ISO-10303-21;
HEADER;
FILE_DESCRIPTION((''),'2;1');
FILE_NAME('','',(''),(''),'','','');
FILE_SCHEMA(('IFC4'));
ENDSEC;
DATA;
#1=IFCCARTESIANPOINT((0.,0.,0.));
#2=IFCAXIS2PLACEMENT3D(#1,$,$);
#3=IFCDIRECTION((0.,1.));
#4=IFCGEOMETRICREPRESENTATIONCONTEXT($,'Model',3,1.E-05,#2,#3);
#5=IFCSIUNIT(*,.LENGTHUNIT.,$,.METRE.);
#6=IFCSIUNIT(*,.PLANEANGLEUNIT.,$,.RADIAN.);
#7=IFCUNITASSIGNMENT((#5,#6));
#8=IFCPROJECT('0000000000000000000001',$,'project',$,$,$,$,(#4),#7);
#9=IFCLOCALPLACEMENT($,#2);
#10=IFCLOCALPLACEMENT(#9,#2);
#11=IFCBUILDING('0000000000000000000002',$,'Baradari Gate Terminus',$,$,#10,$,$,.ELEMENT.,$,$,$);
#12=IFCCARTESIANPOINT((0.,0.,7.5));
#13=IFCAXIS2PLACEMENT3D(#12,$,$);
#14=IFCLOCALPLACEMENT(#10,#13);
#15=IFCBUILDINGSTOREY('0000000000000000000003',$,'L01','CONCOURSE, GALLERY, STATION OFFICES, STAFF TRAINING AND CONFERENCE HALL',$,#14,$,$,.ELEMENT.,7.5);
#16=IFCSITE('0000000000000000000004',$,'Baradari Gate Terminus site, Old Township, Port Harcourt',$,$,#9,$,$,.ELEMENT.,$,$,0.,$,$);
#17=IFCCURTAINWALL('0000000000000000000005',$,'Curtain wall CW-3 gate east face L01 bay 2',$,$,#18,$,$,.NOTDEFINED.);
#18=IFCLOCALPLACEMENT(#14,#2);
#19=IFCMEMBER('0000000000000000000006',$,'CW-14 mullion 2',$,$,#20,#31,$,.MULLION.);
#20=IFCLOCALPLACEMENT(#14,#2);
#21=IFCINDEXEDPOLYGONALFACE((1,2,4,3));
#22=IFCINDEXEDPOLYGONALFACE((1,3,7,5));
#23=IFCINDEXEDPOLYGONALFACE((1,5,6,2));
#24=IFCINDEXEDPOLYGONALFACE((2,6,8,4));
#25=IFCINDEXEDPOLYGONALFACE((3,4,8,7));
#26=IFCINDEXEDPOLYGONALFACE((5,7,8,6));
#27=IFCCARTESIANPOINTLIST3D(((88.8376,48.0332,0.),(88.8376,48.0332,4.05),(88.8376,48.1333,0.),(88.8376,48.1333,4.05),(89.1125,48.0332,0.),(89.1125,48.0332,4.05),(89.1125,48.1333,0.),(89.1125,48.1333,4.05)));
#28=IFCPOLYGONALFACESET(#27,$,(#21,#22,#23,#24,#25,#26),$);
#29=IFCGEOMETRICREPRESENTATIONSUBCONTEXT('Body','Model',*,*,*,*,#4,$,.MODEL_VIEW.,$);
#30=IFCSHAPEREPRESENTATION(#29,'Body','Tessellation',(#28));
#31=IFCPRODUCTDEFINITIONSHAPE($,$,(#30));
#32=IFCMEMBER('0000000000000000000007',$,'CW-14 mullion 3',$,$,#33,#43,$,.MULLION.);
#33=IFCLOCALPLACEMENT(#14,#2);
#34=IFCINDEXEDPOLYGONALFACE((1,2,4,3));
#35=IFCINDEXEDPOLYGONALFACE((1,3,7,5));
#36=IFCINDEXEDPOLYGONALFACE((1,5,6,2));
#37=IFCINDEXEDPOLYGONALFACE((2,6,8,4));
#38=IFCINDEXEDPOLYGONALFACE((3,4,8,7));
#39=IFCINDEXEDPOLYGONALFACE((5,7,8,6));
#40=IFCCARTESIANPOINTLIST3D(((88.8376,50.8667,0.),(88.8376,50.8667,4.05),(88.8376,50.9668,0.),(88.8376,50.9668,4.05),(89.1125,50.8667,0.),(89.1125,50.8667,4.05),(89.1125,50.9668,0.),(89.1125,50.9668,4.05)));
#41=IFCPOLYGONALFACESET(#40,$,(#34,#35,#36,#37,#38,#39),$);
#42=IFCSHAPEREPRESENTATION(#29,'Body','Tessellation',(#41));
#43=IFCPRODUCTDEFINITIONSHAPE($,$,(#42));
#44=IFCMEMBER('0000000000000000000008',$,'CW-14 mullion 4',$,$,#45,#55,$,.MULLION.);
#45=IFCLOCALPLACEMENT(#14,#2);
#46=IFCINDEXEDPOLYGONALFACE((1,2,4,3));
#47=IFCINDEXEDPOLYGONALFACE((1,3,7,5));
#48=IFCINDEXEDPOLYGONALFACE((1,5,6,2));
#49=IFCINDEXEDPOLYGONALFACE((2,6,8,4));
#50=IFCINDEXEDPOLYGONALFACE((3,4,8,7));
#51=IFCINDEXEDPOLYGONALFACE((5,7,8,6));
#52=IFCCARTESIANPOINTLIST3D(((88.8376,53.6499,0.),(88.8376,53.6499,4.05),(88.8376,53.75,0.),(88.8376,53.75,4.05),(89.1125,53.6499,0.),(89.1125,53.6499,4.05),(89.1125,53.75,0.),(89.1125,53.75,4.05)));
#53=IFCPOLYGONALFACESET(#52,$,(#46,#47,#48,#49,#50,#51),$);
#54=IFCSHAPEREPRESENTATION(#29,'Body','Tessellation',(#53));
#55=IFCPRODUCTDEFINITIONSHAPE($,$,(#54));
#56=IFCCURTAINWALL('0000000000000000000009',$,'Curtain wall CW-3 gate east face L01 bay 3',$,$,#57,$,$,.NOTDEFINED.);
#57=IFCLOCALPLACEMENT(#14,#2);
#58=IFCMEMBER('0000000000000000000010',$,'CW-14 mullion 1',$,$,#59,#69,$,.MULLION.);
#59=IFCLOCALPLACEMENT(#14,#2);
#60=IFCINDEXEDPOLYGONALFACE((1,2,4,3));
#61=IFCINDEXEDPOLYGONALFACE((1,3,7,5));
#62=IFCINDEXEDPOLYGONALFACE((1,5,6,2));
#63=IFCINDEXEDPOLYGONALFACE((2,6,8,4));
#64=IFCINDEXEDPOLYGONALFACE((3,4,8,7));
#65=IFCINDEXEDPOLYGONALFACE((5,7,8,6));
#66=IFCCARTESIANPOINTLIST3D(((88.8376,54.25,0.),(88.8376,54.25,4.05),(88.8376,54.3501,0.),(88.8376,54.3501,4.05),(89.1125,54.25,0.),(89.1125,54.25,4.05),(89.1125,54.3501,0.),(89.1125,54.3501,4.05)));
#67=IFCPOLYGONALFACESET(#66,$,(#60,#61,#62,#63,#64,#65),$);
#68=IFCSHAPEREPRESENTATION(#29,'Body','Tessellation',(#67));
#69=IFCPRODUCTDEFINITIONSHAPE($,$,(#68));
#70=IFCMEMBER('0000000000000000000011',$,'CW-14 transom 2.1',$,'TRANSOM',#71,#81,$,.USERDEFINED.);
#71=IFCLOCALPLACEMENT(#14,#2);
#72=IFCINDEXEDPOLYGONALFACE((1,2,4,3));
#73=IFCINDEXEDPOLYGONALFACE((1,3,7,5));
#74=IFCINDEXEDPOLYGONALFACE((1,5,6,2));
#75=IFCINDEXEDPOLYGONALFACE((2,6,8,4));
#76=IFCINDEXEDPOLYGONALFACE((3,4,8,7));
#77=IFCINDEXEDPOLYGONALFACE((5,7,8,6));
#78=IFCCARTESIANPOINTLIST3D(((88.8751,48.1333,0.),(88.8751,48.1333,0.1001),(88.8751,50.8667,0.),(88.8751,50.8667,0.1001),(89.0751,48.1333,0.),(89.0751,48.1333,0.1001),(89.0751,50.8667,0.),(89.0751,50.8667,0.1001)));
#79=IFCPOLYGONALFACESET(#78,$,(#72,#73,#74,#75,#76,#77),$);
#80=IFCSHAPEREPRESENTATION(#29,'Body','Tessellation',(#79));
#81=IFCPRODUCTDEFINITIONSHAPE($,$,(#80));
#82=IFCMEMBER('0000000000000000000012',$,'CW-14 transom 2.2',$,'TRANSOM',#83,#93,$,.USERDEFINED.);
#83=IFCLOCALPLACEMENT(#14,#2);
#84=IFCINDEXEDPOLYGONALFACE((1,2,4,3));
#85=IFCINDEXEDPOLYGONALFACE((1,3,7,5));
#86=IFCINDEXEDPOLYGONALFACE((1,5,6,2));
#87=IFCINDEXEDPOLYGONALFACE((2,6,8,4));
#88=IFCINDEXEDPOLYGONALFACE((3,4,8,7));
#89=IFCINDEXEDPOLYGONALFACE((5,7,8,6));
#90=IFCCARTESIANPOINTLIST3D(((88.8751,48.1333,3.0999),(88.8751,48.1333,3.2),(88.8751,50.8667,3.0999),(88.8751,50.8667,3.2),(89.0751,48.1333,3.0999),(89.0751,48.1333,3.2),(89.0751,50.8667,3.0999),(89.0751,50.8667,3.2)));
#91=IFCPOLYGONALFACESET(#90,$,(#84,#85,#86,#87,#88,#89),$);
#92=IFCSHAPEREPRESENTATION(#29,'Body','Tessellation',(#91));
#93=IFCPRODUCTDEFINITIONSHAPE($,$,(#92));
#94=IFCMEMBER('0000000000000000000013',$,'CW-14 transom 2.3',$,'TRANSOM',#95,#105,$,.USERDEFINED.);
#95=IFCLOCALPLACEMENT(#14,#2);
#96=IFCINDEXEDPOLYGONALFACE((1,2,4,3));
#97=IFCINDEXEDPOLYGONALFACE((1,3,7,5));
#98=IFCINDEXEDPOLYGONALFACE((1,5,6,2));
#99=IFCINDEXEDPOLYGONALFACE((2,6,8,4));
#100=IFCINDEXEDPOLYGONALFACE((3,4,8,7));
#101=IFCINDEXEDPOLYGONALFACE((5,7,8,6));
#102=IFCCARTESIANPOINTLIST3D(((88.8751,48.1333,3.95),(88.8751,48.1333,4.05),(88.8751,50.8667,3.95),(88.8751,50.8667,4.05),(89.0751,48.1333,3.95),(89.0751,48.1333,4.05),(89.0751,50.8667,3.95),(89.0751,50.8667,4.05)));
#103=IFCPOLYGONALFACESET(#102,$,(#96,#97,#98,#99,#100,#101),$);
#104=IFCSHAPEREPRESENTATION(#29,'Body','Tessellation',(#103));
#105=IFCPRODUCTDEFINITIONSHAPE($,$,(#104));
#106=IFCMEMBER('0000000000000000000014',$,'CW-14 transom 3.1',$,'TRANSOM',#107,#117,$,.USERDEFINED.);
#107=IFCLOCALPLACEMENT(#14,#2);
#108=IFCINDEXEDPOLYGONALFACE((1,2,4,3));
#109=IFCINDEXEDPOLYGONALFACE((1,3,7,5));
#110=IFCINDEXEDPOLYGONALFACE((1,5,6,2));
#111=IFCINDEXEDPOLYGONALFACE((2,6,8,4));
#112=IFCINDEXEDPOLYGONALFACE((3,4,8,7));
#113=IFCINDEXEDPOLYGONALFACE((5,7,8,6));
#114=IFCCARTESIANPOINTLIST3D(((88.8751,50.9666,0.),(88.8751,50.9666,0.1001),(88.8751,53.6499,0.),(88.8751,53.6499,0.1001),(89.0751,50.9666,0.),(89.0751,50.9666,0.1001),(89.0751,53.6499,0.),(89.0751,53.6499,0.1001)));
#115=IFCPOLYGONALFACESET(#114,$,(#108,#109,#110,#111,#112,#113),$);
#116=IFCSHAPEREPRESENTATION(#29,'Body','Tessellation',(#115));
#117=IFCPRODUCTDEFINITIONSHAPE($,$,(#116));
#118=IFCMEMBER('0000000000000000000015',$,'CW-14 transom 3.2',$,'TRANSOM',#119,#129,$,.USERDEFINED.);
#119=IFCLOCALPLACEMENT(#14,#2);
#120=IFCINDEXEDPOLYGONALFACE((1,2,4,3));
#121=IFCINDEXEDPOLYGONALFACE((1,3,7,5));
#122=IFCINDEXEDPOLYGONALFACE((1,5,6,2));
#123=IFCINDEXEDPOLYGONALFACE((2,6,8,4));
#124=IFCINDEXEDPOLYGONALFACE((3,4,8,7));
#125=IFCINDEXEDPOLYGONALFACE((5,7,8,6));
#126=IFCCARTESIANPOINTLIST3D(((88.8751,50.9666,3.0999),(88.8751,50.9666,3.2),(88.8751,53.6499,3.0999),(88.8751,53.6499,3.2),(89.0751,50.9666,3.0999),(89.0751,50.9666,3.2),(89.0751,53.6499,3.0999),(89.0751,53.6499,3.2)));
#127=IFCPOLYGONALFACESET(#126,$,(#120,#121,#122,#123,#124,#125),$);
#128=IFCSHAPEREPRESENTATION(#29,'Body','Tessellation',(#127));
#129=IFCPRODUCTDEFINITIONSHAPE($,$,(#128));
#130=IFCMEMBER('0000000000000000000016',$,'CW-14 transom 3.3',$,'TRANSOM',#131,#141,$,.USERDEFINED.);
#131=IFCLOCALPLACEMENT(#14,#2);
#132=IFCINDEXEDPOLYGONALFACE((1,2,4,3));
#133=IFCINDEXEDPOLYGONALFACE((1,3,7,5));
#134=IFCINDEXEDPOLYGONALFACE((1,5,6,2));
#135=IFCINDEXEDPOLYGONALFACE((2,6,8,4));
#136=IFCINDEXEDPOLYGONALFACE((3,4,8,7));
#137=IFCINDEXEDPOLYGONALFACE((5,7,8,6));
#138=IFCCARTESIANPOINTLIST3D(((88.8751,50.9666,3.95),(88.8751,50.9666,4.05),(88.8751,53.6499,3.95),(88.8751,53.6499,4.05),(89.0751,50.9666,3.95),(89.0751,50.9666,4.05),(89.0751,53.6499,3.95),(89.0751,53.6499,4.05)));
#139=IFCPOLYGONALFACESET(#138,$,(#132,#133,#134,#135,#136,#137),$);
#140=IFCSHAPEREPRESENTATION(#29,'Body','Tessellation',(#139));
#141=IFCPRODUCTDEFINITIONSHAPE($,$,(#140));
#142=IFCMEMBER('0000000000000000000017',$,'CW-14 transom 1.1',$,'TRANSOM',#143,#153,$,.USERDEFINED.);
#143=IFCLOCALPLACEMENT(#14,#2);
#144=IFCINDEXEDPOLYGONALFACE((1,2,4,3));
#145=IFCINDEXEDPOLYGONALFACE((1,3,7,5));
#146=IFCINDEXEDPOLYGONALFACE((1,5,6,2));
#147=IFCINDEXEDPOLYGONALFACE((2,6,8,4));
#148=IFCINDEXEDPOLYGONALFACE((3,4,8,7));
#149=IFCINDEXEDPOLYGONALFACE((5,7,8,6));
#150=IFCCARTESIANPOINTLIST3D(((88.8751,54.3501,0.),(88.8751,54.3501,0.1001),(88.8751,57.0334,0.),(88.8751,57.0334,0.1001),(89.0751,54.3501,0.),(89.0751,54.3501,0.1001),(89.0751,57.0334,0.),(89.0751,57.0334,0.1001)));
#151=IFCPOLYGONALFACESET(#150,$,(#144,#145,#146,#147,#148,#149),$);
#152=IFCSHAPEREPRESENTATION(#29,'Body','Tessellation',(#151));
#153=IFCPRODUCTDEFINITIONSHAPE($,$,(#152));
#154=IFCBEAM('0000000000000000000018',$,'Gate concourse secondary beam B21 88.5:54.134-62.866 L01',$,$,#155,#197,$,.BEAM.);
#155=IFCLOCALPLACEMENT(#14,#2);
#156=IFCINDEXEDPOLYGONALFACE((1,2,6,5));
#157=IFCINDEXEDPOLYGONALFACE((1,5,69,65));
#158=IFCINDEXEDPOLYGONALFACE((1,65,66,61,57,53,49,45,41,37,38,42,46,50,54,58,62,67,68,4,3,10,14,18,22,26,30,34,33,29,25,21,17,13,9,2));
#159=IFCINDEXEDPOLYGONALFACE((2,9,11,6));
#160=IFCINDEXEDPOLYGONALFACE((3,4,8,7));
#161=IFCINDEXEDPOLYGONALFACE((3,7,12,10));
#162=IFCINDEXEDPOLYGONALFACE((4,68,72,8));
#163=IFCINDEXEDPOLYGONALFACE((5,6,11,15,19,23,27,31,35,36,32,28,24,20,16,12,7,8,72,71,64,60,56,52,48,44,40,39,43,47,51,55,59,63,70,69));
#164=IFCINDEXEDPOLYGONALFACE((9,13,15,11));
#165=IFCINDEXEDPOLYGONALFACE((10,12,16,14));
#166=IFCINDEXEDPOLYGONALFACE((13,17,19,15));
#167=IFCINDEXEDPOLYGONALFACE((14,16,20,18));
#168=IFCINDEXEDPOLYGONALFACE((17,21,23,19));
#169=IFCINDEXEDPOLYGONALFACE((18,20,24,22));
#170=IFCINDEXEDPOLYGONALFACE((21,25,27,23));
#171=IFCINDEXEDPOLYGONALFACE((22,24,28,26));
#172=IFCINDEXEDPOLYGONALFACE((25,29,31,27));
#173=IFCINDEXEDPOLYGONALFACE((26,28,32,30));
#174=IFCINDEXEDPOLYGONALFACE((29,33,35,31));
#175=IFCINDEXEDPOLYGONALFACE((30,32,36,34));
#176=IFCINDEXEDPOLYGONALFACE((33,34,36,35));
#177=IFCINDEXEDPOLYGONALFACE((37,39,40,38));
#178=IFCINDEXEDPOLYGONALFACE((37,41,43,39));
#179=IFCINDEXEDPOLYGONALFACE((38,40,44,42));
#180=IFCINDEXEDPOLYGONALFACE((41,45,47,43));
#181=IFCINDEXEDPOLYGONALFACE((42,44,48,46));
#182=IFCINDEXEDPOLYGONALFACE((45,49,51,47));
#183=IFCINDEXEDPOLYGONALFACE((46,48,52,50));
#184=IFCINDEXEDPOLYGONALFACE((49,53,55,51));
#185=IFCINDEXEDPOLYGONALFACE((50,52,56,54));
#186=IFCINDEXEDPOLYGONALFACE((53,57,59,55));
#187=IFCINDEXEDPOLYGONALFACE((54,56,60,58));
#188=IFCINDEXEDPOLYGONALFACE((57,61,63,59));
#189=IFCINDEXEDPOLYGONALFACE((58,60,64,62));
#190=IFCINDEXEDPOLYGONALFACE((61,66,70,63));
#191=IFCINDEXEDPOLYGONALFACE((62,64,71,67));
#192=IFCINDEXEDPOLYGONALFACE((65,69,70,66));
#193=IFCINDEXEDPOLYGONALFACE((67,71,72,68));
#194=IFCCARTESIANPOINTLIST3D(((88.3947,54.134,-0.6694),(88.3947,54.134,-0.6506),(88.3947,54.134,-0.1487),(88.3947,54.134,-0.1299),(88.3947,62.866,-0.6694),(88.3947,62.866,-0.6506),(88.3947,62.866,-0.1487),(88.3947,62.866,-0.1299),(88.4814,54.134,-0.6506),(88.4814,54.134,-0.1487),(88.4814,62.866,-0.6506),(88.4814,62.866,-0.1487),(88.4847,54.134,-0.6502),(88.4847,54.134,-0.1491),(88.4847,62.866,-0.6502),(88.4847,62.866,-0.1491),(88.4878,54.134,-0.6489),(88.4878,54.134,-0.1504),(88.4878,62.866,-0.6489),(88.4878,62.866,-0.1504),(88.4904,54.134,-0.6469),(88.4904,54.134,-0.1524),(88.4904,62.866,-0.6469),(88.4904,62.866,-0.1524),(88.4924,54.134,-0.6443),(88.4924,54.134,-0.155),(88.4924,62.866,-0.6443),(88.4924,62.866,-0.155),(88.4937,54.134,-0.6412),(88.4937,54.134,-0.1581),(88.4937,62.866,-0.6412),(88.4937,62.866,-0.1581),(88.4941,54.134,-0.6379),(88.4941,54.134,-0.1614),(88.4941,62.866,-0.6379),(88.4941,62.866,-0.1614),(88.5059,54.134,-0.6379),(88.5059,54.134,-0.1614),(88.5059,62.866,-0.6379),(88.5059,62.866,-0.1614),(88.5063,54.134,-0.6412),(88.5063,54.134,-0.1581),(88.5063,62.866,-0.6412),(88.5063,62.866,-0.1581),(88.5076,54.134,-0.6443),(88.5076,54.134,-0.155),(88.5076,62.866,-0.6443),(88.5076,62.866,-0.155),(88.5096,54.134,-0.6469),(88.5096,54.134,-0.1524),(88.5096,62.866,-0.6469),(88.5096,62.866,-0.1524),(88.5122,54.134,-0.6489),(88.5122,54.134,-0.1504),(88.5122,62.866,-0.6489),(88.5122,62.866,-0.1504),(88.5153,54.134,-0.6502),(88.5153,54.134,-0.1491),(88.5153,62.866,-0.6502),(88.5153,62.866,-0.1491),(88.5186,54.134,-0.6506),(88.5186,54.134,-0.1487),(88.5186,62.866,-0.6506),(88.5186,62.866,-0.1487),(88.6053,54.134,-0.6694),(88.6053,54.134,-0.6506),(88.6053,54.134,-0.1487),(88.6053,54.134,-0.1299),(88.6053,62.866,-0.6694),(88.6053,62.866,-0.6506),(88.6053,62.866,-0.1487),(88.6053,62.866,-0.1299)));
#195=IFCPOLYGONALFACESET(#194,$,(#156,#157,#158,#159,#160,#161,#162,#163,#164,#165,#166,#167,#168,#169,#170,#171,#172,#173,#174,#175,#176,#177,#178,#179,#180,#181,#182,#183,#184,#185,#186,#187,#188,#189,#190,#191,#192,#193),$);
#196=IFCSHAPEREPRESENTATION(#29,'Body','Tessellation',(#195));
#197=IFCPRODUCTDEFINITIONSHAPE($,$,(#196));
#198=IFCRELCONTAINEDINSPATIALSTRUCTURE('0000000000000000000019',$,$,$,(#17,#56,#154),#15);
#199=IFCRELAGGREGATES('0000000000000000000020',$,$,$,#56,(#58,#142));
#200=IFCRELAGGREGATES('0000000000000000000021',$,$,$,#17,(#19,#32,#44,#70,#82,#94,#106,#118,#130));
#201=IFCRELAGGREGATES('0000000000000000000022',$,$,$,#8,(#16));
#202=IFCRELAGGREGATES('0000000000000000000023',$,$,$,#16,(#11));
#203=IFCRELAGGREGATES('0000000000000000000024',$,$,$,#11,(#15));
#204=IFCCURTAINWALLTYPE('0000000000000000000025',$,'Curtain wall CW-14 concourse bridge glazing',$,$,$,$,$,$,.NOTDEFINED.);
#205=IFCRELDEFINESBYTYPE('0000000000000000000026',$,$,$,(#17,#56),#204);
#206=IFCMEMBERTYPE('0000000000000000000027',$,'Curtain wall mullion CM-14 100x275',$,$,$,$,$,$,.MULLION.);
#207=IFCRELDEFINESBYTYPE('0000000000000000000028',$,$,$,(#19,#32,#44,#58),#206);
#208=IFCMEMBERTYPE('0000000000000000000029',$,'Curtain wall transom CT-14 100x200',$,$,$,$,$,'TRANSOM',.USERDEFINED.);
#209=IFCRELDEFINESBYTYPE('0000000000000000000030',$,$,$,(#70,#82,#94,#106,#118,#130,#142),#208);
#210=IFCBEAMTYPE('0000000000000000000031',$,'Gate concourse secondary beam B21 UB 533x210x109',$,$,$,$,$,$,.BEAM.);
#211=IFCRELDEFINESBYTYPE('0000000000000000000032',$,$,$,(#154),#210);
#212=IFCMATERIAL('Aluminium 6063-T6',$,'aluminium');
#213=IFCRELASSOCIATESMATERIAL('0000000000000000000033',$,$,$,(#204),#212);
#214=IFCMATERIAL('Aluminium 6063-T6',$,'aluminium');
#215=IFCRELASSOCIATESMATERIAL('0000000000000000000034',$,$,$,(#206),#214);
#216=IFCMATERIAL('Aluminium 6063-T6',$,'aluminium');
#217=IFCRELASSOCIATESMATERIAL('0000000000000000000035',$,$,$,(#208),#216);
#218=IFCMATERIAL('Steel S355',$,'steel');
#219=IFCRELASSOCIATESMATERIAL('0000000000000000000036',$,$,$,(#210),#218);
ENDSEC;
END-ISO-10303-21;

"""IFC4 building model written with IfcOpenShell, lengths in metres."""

from ifc_helpers import new_model, si_unit, direction, frame, origin, origin_2d, place, context, subcontext, project, spatial, rectangle, i_section, extrude, material, material_profile, profile_set, type_object, element, aggregate, save


model = new_model("IFC4")

# Units and contexts
model_context = context("Model", 3, precision=1e-05, world=origin(), true_north=direction((0.0, 1.0)))
body_context = subcontext(model_context, "Body", "Model", "MODEL_VIEW")
ifc_project = project(units=[si_unit("LENGTHUNIT", "METRE"), si_unit("PLANEANGLEUNIT", "RADIAN")], contexts=[model_context])

# Site, building, storey
site_placement = place(None, origin())
site = spatial("IfcSite", under=ifc_project, at=site_placement, Name="Baradari Gate Terminus site, Old Township, Port Harcourt", CompositionType="ELEMENT", RefElevation=0.0)
building_placement = place(site_placement, origin())
building = spatial("IfcBuilding", under=site, at=building_placement, Name="Baradari Gate Terminus", CompositionType="ELEMENT")
storey_placement = place(building_placement, frame((0.0, 0.0, 7.5)))
storey = spatial("IfcBuildingStorey", under=building, at=storey_placement, Name="L01", Description="CONCOURSE, GALLERY, STATION OFFICES, STAFF TRAINING AND CONFERENCE HALL", CompositionType="ELEMENT", Elevation=7.5)

# Curtain wall, members
ifc_material_1 = material(Name="Aluminium 6063-T6", Category="aluminium")
curtain_wall_type = type_object("IfcCurtainWallType", Name="Curtain wall CW-14 concourse bridge glazing", PredefinedType="NOTDEFINED", material=ifc_material_1)
curtain_wall_1_placement = place(storey_placement, origin())
curtain_wall_1 = element("IfcCurtainWall", 1, at=curtain_wall_1_placement, inside=storey, type_object=curtain_wall_type, Name="Curtain wall CW-3 gate east face L01 bay 2", PredefinedType="NOTDEFINED")
ifc_material_2 = material(Name="Aluminium 6063-T6", Category="aluminium")
ifc_material_profile_1 = material_profile(ifc_material_2, rectangle(XDim=0.2749, YDim=0.1001, at=origin_2d()), Name="CM-14 100X275")
ifc_profile_set_1 = profile_set([ifc_material_profile_1], Name="Aluminium 6063-T6")
member_type_1 = type_object("IfcMemberType", Name="Curtain wall mullion CM-14 100x275", PredefinedType="MULLION", material=ifc_profile_set_1)
member_1_placement = place(storey_placement, frame((88.9751, 48.0833, 0.0), z_axis=(0.0, 0.0, 1.0), x_axis=(-1.0, 0.0, 0.0)))
member_1 = element("IfcMember", 2, at=member_1_placement, type_object=member_type_1, Name="CW-14 mullion 2", PredefinedType="MULLION", context=body_context, shape_type="SweptSolid", body=[
    extrude(rectangle(XDim=0.2749, YDim=0.1001, at=origin_2d()), origin(), (0.0, 0.0, 1.0), 4.05),
])
member_2_placement = place(storey_placement, frame((88.9751, 50.9167, 0.0), z_axis=(0.0, 0.0, 1.0), x_axis=(-1.0, 0.0, 0.0)))
member_2 = element("IfcMember", 3, at=member_2_placement, type_object=member_type_1, Name="CW-14 mullion 3", PredefinedType="MULLION", context=body_context, shape_type="SweptSolid", body=[
    extrude(rectangle(XDim=0.2749, YDim=0.1001, at=origin_2d()), origin(), (0.0, 0.0, 1.0), 4.05),
])
member_3_placement = place(storey_placement, frame((88.9751, 53.7, 0.0), z_axis=(0.0, 0.0, 1.0), x_axis=(-1.0, 0.0, 0.0)))
member_3 = element("IfcMember", 4, at=member_3_placement, type_object=member_type_1, Name="CW-14 mullion 4", PredefinedType="MULLION", context=body_context, shape_type="SweptSolid", body=[
    extrude(rectangle(XDim=0.2749, YDim=0.1001, at=origin_2d()), origin(), (0.0, 0.0, 1.0), 4.05),
])

# Curtain wall, member
curtain_wall_2_placement = place(storey_placement, origin())
curtain_wall_2 = element("IfcCurtainWall", 5, at=curtain_wall_2_placement, inside=storey, type_object=curtain_wall_type, Name="Curtain wall CW-3 gate east face L01 bay 3", PredefinedType="NOTDEFINED")
member_4_placement = place(storey_placement, frame((88.9751, 54.3, 0.0), z_axis=(0.0, 0.0, 1.0), x_axis=(-1.0, 0.0, 0.0)))
member_4 = element("IfcMember", 6, at=member_4_placement, type_object=member_type_1, Name="CW-14 mullion 1", PredefinedType="MULLION", context=body_context, shape_type="SweptSolid", body=[
    extrude(rectangle(XDim=0.2749, YDim=0.1001, at=origin_2d()), origin(), (0.0, 0.0, 1.0), 4.05),
])

# Members
ifc_material_3 = material(Name="Aluminium 6063-T6", Category="aluminium")
ifc_material_profile_2 = material_profile(ifc_material_3, rectangle(XDim=0.2, YDim=0.1001, at=origin_2d()), Name="CT-14 100X200")
ifc_profile_set_2 = profile_set([ifc_material_profile_2], Name="Aluminium 6063-T6")
member_type_2 = type_object("IfcMemberType", Name="Curtain wall transom CT-14 100x200", ElementType="TRANSOM", PredefinedType="USERDEFINED", material=ifc_profile_set_2)
member_5_placement = place(storey_placement, frame((88.9751, 48.1333, 0.05), z_axis=(0.0, 1.0, 0.0), x_axis=(-1.0, 0.0, 0.0)))
member_5 = element("IfcMember", 7, at=member_5_placement, type_object=member_type_2, Name="CW-14 transom 2.1", ObjectType="TRANSOM", PredefinedType="USERDEFINED", context=body_context, shape_type="SweptSolid", body=[
    extrude(rectangle(XDim=0.2, YDim=0.1001, at=origin_2d()), origin(), (0.0, 0.0, 1.0), 2.7334),
])
member_6_placement = place(storey_placement, frame((88.9751, 48.1333, 3.1499), z_axis=(0.0, 1.0, 0.0), x_axis=(-1.0, 0.0, 0.0)))
member_6 = element("IfcMember", 8, at=member_6_placement, type_object=member_type_2, Name="CW-14 transom 2.2", ObjectType="TRANSOM", PredefinedType="USERDEFINED", context=body_context, shape_type="SweptSolid", body=[
    extrude(rectangle(XDim=0.2, YDim=0.1001, at=origin_2d()), origin(), (0.0, 0.0, 1.0), 2.7334),
])
member_7_placement = place(storey_placement, frame((88.9751, 48.1333, 4.0), z_axis=(0.0, 1.0, 0.0), x_axis=(-1.0, 0.0, 0.0)))
member_7 = element("IfcMember", 9, at=member_7_placement, type_object=member_type_2, Name="CW-14 transom 2.3", ObjectType="TRANSOM", PredefinedType="USERDEFINED", context=body_context, shape_type="SweptSolid", body=[
    extrude(rectangle(XDim=0.2, YDim=0.1001, at=origin_2d()), origin(), (0.0, 0.0, 1.0), 2.7334),
])
member_8_placement = place(storey_placement, frame((88.9751, 50.9666, 0.05), z_axis=(0.0, 1.0, 0.0), x_axis=(-1.0, 0.0, 0.0)))
member_8 = element("IfcMember", 10, at=member_8_placement, type_object=member_type_2, Name="CW-14 transom 3.1", ObjectType="TRANSOM", PredefinedType="USERDEFINED", context=body_context, shape_type="SweptSolid", body=[
    extrude(rectangle(XDim=0.2, YDim=0.1001, at=origin_2d()), origin(), (0.0, 0.0, 1.0), 2.6833),
])
member_9_placement = place(storey_placement, frame((88.9751, 50.9666, 3.1499), z_axis=(0.0, 1.0, 0.0), x_axis=(-1.0, 0.0, 0.0)))
member_9 = element("IfcMember", 11, at=member_9_placement, type_object=member_type_2, Name="CW-14 transom 3.2", ObjectType="TRANSOM", PredefinedType="USERDEFINED", context=body_context, shape_type="SweptSolid", body=[
    extrude(rectangle(XDim=0.2, YDim=0.1001, at=origin_2d()), origin(), (0.0, 0.0, 1.0), 2.6833),
])
member_10_placement = place(storey_placement, frame((88.9751, 50.9666, 4.0), z_axis=(0.0, 1.0, 0.0), x_axis=(-1.0, 0.0, 0.0)))
member_10 = element("IfcMember", 12, at=member_10_placement, type_object=member_type_2, Name="CW-14 transom 3.3", ObjectType="TRANSOM", PredefinedType="USERDEFINED", context=body_context, shape_type="SweptSolid", body=[
    extrude(rectangle(XDim=0.2, YDim=0.1001, at=origin_2d()), origin(), (0.0, 0.0, 1.0), 2.6833),
])
member_11_placement = place(storey_placement, frame((88.9751, 54.3501, 0.05), z_axis=(0.0, 1.0, 0.0), x_axis=(-1.0, 0.0, 0.0)))
member_11 = element("IfcMember", 13, at=member_11_placement, type_object=member_type_2, Name="CW-14 transom 1.1", ObjectType="TRANSOM", PredefinedType="USERDEFINED", context=body_context, shape_type="SweptSolid", body=[
    extrude(rectangle(XDim=0.2, YDim=0.1001, at=origin_2d()), origin(), (0.0, 0.0, 1.0), 2.6833),
])
aggregate(curtain_wall_2, [member_4, member_11])

# Beam
ifc_material_4 = material(Name="Steel S355", Category="steel")
ifc_material_profile_3 = material_profile(ifc_material_4, i_section(OverallWidth=0.2107, OverallDepth=0.5396, WebThickness=0.0117, FlangeThickness=0.0188, FilletRadius=0.0127, at=origin_2d()), Name="UB 533x210x109")
ifc_profile_set_3 = profile_set([ifc_material_profile_3], Name="Steel S355")
beam_type = type_object("IfcBeamType", Name="Gate concourse secondary beam B21 UB 533x210x109", PredefinedType="BEAM", material=ifc_profile_set_3)
beam_placement = place(storey_placement, frame((88.5, 54.134, -0.3997), z_axis=(0.0, 1.0, 0.0), x_axis=(-1.0, 0.0, 0.0)))
element("IfcBeam", 14, at=beam_placement, inside=storey, type_object=beam_type, Name="Gate concourse secondary beam B21 88.5:54.134-62.866 L01", PredefinedType="BEAM", context=body_context, shape_type="SweptSolid", body=[
    extrude(i_section(OverallWidth=0.2107, OverallDepth=0.5396, WebThickness=0.0117, FlangeThickness=0.0188, FilletRadius=0.0127, at=origin_2d()), origin(), (0.0, 0.0, 1.0), 8.7319),
])

aggregate(curtain_wall_1, [member_1, member_2, member_3, member_5, member_6, member_7, member_8, member_9, member_10])

save(model, "model.ifc")
